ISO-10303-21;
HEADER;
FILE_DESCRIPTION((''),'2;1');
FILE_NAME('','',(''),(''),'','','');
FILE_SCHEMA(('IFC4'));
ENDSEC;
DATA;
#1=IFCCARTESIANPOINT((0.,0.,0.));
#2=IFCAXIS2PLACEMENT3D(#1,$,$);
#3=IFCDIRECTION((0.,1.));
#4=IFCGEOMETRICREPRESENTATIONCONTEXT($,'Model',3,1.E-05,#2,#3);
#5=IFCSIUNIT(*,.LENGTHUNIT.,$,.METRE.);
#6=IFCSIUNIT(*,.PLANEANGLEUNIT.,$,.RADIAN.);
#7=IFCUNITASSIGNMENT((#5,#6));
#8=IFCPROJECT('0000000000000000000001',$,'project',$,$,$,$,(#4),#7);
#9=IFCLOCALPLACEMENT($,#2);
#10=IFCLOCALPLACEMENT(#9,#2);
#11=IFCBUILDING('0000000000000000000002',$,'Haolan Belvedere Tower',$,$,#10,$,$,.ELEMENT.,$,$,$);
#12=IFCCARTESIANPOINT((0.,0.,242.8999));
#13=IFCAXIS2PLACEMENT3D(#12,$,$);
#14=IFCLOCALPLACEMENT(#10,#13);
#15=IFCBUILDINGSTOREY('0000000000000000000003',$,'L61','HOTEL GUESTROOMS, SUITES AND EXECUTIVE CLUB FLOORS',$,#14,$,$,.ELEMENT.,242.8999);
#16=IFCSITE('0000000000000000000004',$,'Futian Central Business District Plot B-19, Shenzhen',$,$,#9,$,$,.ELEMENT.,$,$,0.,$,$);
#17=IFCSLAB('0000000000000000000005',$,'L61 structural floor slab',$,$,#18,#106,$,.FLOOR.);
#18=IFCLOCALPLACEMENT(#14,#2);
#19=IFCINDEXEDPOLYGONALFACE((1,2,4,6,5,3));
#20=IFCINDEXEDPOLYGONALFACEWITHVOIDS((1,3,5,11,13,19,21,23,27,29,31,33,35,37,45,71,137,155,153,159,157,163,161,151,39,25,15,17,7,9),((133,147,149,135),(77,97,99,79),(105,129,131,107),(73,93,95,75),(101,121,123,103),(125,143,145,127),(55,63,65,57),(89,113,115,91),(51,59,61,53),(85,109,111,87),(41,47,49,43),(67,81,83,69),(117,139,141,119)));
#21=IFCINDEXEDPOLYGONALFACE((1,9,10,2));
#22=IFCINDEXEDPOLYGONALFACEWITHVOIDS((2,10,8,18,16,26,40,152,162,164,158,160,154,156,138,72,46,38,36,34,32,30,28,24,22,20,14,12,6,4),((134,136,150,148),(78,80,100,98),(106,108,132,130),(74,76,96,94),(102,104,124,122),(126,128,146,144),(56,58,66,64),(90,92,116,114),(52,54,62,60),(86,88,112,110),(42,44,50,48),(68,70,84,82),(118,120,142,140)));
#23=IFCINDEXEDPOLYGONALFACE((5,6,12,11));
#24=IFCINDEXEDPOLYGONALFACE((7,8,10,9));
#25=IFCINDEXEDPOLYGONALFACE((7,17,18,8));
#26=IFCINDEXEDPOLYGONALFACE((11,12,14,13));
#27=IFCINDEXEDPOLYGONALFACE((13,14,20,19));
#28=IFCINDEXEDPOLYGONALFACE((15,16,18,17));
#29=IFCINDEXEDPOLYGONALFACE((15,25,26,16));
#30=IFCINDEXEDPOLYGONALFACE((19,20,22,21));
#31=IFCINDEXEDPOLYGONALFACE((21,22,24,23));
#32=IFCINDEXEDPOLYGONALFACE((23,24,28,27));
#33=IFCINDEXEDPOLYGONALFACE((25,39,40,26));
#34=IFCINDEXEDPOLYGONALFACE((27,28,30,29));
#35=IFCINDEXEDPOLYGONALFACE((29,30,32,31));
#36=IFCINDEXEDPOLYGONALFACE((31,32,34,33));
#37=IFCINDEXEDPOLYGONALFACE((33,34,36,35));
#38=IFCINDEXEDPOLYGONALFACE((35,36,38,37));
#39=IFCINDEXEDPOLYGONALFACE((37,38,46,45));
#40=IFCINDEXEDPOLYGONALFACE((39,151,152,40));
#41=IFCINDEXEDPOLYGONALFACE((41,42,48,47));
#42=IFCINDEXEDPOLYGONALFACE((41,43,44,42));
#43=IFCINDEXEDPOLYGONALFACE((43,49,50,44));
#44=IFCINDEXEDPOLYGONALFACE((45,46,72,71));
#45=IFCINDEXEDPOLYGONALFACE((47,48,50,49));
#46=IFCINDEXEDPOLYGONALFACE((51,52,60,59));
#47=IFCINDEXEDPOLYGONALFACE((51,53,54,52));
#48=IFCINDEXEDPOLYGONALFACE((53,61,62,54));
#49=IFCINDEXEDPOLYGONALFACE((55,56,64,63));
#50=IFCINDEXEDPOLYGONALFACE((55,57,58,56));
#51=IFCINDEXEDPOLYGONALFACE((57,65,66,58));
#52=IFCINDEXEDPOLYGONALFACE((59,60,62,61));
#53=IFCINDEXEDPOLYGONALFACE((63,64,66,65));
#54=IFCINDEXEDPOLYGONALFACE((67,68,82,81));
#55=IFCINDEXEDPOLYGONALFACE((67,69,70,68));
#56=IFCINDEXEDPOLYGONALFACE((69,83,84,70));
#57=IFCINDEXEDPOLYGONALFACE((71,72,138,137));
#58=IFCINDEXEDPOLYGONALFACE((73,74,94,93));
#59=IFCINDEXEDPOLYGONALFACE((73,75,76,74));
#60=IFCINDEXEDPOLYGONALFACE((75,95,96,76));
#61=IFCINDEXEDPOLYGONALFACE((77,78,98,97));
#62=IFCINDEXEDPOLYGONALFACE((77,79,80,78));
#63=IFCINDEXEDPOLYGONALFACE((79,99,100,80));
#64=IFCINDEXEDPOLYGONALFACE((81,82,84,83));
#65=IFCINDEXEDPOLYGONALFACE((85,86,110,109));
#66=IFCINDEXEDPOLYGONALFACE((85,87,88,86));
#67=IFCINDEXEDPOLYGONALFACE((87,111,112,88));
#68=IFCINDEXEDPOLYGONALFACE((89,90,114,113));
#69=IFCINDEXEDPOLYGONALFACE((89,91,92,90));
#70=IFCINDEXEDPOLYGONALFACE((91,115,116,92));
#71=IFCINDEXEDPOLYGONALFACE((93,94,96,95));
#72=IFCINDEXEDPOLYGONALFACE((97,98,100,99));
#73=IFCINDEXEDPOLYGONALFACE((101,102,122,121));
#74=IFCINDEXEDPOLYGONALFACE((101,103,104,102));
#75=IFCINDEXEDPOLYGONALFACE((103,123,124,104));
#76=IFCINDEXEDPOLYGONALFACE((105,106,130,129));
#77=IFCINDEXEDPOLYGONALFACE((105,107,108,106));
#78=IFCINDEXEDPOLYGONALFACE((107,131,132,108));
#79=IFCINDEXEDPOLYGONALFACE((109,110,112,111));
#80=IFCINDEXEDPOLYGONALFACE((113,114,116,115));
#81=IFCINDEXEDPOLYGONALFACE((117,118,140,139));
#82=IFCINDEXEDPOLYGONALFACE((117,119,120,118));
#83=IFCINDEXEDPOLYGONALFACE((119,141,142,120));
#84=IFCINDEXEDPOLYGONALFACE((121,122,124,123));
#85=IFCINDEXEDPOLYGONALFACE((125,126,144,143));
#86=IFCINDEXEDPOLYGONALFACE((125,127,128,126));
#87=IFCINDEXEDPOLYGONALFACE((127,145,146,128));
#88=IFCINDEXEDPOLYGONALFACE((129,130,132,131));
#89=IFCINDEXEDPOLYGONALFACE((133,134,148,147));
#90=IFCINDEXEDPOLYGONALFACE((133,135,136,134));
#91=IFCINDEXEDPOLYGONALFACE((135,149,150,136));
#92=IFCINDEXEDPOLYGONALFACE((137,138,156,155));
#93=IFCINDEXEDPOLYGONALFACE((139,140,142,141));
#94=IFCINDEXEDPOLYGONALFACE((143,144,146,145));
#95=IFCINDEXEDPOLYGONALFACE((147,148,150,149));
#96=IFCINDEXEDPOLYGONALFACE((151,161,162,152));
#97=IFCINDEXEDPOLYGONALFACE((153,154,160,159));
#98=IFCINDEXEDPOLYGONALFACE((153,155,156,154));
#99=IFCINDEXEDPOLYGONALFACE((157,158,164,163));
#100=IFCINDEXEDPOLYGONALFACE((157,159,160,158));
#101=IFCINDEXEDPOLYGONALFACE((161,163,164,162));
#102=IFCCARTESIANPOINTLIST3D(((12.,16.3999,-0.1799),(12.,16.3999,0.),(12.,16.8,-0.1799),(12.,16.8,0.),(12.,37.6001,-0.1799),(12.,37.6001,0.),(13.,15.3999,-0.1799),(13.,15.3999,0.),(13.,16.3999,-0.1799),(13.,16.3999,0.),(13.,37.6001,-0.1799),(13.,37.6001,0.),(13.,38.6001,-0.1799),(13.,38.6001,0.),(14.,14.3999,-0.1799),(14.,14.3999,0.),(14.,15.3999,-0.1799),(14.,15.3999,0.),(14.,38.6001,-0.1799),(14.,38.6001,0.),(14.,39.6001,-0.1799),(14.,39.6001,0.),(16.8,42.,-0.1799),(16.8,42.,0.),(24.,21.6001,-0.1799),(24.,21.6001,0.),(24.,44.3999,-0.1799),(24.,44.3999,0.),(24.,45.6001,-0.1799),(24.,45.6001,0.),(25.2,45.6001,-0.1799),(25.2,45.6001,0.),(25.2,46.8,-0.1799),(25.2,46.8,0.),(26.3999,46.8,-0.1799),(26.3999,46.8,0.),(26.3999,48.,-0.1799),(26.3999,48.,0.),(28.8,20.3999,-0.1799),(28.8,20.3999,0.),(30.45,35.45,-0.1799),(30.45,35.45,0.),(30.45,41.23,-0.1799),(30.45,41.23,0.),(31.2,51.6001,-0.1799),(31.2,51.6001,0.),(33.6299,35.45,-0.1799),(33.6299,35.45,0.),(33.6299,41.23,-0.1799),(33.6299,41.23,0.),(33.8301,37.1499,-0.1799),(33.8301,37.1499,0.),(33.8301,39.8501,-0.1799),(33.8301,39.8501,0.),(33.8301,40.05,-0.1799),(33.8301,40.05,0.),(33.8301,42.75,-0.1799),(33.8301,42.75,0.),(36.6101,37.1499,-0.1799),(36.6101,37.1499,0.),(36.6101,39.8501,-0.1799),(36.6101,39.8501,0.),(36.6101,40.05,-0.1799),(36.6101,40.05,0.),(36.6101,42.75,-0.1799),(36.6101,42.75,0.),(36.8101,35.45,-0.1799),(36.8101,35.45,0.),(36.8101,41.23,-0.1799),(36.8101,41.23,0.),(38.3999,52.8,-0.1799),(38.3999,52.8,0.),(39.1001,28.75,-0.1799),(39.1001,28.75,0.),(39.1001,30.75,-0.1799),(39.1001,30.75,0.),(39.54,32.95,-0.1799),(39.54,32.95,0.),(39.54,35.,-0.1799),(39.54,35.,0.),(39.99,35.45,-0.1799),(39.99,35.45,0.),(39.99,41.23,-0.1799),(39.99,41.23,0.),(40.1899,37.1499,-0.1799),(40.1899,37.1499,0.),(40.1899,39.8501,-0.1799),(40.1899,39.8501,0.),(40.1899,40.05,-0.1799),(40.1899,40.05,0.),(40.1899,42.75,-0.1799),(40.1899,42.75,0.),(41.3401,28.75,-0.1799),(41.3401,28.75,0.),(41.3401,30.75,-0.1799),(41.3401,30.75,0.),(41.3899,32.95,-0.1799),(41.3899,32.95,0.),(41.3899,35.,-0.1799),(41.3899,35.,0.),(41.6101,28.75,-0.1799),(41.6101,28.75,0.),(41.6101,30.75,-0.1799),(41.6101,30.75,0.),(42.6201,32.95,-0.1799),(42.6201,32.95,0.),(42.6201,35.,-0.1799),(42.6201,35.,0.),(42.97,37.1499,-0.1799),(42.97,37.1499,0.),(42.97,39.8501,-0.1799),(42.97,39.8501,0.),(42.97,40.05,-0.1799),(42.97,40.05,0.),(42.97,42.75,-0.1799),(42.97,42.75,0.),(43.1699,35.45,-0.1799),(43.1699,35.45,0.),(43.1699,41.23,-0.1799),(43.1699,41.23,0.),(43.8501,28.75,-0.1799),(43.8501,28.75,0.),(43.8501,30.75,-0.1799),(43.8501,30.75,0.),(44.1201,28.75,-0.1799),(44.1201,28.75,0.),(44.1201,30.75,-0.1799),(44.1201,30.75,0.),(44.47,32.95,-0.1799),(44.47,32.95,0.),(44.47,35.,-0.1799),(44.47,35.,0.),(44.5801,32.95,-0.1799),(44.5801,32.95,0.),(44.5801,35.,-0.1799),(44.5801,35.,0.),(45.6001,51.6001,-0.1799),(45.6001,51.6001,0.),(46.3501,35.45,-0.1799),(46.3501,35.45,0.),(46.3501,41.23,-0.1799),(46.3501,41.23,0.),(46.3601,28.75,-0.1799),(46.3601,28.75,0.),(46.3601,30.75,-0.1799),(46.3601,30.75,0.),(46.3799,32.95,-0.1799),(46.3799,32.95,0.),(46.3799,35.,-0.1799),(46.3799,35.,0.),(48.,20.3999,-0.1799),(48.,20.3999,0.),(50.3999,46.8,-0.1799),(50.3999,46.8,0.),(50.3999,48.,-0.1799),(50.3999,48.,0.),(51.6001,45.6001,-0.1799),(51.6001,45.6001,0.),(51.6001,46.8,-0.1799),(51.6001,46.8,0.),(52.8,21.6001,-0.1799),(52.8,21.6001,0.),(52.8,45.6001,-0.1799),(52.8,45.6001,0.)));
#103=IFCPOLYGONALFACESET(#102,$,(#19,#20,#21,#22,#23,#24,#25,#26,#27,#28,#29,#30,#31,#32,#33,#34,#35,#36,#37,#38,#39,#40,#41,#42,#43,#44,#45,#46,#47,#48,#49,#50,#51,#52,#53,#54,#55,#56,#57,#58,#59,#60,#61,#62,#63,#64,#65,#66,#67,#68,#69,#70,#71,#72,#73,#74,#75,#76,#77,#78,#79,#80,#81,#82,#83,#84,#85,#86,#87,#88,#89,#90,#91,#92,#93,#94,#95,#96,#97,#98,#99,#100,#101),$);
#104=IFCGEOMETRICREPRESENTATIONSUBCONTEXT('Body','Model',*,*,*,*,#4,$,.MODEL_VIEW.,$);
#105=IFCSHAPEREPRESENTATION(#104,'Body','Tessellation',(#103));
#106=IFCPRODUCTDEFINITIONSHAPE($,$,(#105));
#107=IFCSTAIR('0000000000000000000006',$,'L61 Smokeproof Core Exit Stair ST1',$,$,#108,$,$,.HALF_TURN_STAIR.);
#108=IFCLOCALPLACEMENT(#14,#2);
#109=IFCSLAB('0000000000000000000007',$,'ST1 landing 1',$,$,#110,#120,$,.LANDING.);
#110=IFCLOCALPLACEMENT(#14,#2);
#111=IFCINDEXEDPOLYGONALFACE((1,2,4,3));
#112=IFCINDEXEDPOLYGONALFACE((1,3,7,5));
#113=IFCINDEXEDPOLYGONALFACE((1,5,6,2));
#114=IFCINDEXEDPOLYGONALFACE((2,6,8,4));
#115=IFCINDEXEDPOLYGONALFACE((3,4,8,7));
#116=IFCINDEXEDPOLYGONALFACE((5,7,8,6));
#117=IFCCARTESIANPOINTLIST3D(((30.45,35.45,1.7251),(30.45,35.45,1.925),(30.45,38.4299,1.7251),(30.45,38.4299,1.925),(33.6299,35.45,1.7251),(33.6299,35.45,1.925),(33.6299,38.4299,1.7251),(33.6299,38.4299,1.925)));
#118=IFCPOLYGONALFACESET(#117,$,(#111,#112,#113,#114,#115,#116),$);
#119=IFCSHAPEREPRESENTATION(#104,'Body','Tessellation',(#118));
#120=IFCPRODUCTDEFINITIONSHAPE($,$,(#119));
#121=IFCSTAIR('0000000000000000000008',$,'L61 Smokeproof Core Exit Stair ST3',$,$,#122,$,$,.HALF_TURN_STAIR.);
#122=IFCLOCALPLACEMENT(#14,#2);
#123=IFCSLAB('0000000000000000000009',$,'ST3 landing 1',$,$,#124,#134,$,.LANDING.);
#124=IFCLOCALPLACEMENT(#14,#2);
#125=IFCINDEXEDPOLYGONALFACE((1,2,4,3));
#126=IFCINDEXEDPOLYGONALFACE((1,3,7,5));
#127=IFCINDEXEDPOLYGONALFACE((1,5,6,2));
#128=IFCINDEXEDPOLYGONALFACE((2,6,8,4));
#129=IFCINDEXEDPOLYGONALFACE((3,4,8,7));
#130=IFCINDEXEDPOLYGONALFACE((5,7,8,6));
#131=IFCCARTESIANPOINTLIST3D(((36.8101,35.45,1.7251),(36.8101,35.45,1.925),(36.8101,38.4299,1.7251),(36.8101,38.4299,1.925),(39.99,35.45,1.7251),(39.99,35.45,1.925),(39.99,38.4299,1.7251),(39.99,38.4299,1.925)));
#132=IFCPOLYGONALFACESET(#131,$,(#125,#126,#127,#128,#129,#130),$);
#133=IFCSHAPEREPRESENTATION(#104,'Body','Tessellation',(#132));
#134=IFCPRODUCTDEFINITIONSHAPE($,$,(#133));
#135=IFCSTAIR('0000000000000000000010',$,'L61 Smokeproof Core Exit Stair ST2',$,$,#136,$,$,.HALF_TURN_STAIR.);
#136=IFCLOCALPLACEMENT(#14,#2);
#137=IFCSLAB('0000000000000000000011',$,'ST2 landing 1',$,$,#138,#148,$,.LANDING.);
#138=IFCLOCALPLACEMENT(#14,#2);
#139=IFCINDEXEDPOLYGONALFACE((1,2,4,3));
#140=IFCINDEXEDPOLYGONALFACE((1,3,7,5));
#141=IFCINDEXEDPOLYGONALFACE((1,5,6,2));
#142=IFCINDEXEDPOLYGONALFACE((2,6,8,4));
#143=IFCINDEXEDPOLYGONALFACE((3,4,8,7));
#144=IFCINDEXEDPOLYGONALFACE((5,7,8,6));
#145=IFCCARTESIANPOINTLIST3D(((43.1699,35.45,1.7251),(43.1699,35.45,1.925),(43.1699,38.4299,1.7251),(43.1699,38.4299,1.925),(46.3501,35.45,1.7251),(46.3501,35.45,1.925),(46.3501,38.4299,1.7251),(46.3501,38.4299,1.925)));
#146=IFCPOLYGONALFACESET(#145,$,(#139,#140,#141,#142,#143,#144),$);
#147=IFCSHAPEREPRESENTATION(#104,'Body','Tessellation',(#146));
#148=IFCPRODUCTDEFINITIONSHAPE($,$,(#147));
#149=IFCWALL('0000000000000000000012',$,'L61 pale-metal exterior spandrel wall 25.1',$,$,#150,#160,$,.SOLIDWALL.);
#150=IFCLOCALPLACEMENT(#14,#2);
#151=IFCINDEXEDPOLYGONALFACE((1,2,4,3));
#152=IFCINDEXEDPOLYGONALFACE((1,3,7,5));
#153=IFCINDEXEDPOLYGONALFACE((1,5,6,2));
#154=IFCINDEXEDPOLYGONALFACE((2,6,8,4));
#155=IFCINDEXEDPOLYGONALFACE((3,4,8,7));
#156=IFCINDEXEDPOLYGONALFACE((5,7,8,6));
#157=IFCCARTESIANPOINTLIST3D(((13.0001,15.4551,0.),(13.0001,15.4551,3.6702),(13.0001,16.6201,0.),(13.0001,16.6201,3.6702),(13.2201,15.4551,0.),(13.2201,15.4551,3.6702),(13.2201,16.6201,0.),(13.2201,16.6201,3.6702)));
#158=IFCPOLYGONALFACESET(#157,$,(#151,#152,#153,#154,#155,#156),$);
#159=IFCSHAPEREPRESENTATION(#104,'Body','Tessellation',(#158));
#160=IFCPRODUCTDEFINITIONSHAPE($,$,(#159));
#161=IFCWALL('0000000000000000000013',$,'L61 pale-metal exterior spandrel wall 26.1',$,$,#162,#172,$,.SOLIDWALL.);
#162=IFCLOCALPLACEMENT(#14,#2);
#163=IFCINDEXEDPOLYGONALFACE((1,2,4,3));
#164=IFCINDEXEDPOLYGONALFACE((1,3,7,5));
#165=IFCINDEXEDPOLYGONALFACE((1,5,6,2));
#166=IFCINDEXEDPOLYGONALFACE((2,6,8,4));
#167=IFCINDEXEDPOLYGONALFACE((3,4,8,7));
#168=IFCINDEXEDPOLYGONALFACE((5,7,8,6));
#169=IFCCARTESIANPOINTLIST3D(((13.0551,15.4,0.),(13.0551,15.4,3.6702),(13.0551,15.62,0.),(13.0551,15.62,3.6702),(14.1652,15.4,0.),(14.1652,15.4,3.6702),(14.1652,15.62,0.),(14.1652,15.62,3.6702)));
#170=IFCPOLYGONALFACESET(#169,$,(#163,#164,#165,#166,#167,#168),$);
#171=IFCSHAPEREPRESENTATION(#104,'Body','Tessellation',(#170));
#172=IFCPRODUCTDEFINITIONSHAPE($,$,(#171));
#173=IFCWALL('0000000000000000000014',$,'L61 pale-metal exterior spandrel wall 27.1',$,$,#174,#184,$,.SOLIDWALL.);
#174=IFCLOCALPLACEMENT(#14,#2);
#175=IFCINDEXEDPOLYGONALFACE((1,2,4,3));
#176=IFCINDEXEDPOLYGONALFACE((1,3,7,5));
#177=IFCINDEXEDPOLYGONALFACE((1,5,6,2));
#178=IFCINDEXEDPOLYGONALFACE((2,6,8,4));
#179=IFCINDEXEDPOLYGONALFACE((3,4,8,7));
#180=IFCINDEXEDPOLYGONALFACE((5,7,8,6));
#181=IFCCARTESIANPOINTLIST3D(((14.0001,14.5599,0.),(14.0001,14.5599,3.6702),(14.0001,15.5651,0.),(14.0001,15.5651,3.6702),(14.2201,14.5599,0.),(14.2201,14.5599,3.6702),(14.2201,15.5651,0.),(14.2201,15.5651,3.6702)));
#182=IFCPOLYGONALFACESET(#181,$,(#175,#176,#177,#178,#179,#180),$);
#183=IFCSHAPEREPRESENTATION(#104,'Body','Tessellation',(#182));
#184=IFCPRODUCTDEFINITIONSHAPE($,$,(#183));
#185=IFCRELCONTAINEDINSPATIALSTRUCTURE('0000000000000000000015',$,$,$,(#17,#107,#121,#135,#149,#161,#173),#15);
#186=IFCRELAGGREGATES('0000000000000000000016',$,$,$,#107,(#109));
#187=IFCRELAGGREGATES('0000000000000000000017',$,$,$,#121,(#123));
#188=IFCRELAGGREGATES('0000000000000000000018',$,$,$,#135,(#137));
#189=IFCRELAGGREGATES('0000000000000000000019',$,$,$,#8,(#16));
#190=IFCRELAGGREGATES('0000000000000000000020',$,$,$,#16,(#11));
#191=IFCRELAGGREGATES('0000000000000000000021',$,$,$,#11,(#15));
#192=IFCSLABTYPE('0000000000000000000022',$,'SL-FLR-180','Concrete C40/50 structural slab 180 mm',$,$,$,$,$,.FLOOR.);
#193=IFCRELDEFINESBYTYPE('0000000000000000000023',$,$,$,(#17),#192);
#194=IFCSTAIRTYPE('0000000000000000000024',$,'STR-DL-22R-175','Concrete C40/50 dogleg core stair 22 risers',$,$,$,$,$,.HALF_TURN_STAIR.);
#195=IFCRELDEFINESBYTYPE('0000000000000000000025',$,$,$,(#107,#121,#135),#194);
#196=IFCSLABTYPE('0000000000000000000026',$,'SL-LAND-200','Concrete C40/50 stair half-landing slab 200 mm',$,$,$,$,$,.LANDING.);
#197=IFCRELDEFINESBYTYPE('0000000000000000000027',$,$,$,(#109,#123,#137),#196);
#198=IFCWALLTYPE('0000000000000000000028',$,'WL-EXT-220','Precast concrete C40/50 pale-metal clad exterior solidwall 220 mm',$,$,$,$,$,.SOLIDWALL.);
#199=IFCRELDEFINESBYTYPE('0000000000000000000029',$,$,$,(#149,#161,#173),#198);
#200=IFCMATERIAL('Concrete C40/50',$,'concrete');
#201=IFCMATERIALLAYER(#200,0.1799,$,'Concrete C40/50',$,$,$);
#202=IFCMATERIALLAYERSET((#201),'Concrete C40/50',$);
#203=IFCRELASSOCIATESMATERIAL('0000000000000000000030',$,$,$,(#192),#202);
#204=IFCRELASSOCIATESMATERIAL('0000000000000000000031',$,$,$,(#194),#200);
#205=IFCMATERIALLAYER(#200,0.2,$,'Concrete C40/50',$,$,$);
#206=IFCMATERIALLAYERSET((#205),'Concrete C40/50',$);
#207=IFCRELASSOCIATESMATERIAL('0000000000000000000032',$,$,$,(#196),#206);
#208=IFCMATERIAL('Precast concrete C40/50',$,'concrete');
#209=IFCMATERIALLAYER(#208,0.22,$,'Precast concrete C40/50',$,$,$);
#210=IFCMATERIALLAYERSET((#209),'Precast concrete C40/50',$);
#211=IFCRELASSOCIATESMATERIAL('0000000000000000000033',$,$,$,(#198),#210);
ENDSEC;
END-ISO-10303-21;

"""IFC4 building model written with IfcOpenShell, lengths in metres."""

from ifc_helpers import new_model, si_unit, direction, frame, frame_2d, origin, place, context, subcontext, project, spatial, polyline, rectangle, outline, extrude, material, layer, layer_set, type_object, element, aggregate, save


model = new_model("IFC4")

# Units and contexts
model_context = context("Model", 3, precision=1e-05, world=origin(), true_north=direction((0.0, 1.0)))
body_context = subcontext(model_context, "Body", "Model", "MODEL_VIEW")
ifc_project = project(units=[si_unit("LENGTHUNIT", "METRE"), si_unit("PLANEANGLEUNIT", "RADIAN")], contexts=[model_context])

# Site, building, storey
site_placement = place(None, origin())
site = spatial("IfcSite", under=ifc_project, at=site_placement, Name="Futian Central Business District Plot B-19, Shenzhen", CompositionType="ELEMENT", RefElevation=0.0)
building_placement = place(site_placement, origin())
building = spatial("IfcBuilding", under=site, at=building_placement, Name="Haolan Belvedere Tower", CompositionType="ELEMENT")
storey_placement = place(building_placement, frame((0.0, 0.0, 242.8999)))
storey = spatial("IfcBuildingStorey", under=building, at=storey_placement, Name="L61", Description="HOTEL GUESTROOMS, SUITES AND EXECUTIVE CLUB FLOORS", CompositionType="ELEMENT", Elevation=242.8999)

# Slab
ifc_material_1 = material(Name="Concrete C40/50", Category="concrete")
ifc_layer_1 = layer(ifc_material_1, 0.1799, Name="Concrete C40/50")
ifc_layer_set_1 = layer_set([ifc_layer_1], Name="Concrete C40/50")
slab_type_1 = type_object("IfcSlabType", Name="SL-FLR-180", Description="Concrete C40/50 structural slab 180 mm", PredefinedType="FLOOR", material=ifc_layer_set_1)
slab_1_placement = place(storey_placement, frame((0.0, 0.0, -0.1799)))
element("IfcSlab", 1, at=slab_1_placement, inside=storey, type_object=slab_type_1, Name="L61 structural floor slab", PredefinedType="FLOOR", context=body_context, shape_type="SweptSolid", body=[
    extrude(outline(polyline([(24.0, 21.6001), (28.8, 20.3999), (48.0, 20.3999), (52.8, 21.6001), (52.8, 45.6001), (51.6001, 45.6001), (51.6001, 46.8), (50.3999, 46.8), (50.3999, 48.0), (45.6001, 51.6001), (38.3999, 52.8), (31.2, 51.6001), (26.3999, 48.0), (26.3999, 46.8), (25.2, 46.8), (25.2, 45.6001), (24.0, 45.6001), (24.0, 44.3999), (16.8, 42.0), (14.0, 39.6001), (14.0, 38.6001), (13.0, 38.6001), (13.0, 37.6001), (12.0, 37.6001), (12.0, 16.8), (12.0, 16.3999), (13.0, 16.3999), (13.0, 15.3999), (14.0, 15.3999), (14.0, 14.3999), (24.0, 21.6001)]), holes=[polyline([(30.45, 41.23), (30.45, 35.45), (33.6299, 35.45), (33.6299, 41.23), (30.45, 41.23)]), polyline([(36.8101, 41.23), (36.8101, 35.45), (39.99, 35.45), (39.99, 41.23), (36.8101, 41.23)]), polyline([(43.1699, 41.23), (43.1699, 35.45), (46.3501, 35.45), (46.3501, 41.23), (43.1699, 41.23)]), polyline([(33.8301, 40.05), (36.6101, 40.05), (36.6101, 42.75), (33.8301, 42.75), (33.8301, 40.05)]), polyline([(33.8301, 37.1499), (36.6101, 37.1499), (36.6101, 39.8501), (33.8301, 39.8501), (33.8301, 37.1499)]), polyline([(40.1899, 40.05), (42.97, 40.05), (42.97, 42.75), (40.1899, 42.75), (40.1899, 40.05)]), polyline([(40.1899, 37.1499), (42.97, 37.1499), (42.97, 39.8501), (40.1899, 39.8501), (40.1899, 37.1499)]), polyline([(39.54, 32.95), (41.3899, 32.95), (41.3899, 35.0), (39.54, 35.0), (39.54, 32.95)]), polyline([(42.6201, 32.95), (44.47, 32.95), (44.47, 35.0), (42.6201, 35.0), (42.6201, 32.95)]), polyline([(44.5801, 32.95), (46.3799, 32.95), (46.3799, 35.0), (44.5801, 35.0), (44.5801, 32.95)]), polyline([(39.1001, 28.75), (41.3401, 28.75), (41.3401, 30.75), (39.1001, 30.75), (39.1001, 28.75)]), polyline([(41.6101, 28.75), (43.8501, 28.75), (43.8501, 30.75), (41.6101, 30.75), (41.6101, 28.75)]), polyline([(44.1201, 28.75), (46.3601, 28.75), (46.3601, 30.75), (44.1201, 30.75), (44.1201, 28.75)])]), origin(), (0.0, 0.0, 1.0), 0.1799),
])

# Stairs, slabs
stair_type = type_object("IfcStairType", Name="STR-DL-22R-175", Description="Concrete C40/50 dogleg core stair 22 risers", PredefinedType="HALF_TURN_STAIR", material=ifc_material_1)
stair_1_placement = place(storey_placement, origin())
stair_1 = element("IfcStair", 2, at=stair_1_placement, inside=storey, type_object=stair_type, Name="L61 Smokeproof Core Exit Stair ST1", PredefinedType="HALF_TURN_STAIR")
ifc_layer_2 = layer(ifc_material_1, 0.2, Name="Concrete C40/50")
ifc_layer_set_2 = layer_set([ifc_layer_2], Name="Concrete C40/50")
slab_type_2 = type_object("IfcSlabType", Name="SL-LAND-200", Description="Concrete C40/50 stair half-landing slab 200 mm", PredefinedType="LANDING", material=ifc_layer_set_2)
slab_2_placement = place(storey_placement, frame((0.0, 0.0, 1.7251)))
slab_2 = element("IfcSlab", 3, at=slab_2_placement, type_object=slab_type_2, Name="ST1 landing 1", PredefinedType="LANDING", context=body_context, shape_type="SweptSolid", body=[
    extrude(outline(polyline([(30.45, 38.4299), (30.45, 35.45), (33.6299, 35.45), (33.6299, 38.4299), (30.45, 38.4299)])), origin(), (0.0, 0.0, 1.0), 0.2),
])
aggregate(stair_1, [slab_2])
stair_2_placement = place(storey_placement, origin())
stair_2 = element("IfcStair", 4, at=stair_2_placement, inside=storey, type_object=stair_type, Name="L61 Smokeproof Core Exit Stair ST3", PredefinedType="HALF_TURN_STAIR")
slab_3_placement = place(storey_placement, frame((0.0, 0.0, 1.7251)))
slab_3 = element("IfcSlab", 5, at=slab_3_placement, type_object=slab_type_2, Name="ST3 landing 1", PredefinedType="LANDING", context=body_context, shape_type="SweptSolid", body=[
    extrude(outline(polyline([(36.8101, 38.4299), (36.8101, 35.45), (39.99, 35.45), (39.99, 38.4299), (36.8101, 38.4299)])), origin(), (0.0, 0.0, 1.0), 0.2),
])
aggregate(stair_2, [slab_3])
stair_3_placement = place(storey_placement, origin())
stair_3 = element("IfcStair", 6, at=stair_3_placement, inside=storey, type_object=stair_type, Name="L61 Smokeproof Core Exit Stair ST2", PredefinedType="HALF_TURN_STAIR")
slab_4_placement = place(storey_placement, frame((0.0, 0.0, 1.7251)))
slab_4 = element("IfcSlab", 7, at=slab_4_placement, type_object=slab_type_2, Name="ST2 landing 1", PredefinedType="LANDING", context=body_context, shape_type="SweptSolid", body=[
    extrude(outline(polyline([(43.1699, 38.4299), (43.1699, 35.45), (46.3501, 35.45), (46.3501, 38.4299), (43.1699, 38.4299)])), origin(), (0.0, 0.0, 1.0), 0.2),
])
aggregate(stair_3, [slab_4])

# Walls
ifc_material_2 = material(Name="Precast concrete C40/50", Category="concrete")
ifc_layer_3 = layer(ifc_material_2, 0.22, Name="Precast concrete C40/50")
ifc_layer_set_3 = layer_set([ifc_layer_3], Name="Precast concrete C40/50")
wall_type_1 = type_object("IfcWallType", Name="WL-EXT-220", Description="Precast concrete C40/50 pale-metal clad exterior solidwall 220 mm", PredefinedType="SOLIDWALL", material=ifc_layer_set_3)
wall_1_placement = place(storey_placement, frame((13.1101, 16.6201, 0.0), z_axis=(0.0, 0.0, 1.0), x_axis=(0.0, -1.0, 0.0)))
element("IfcWall", 8, at=wall_1_placement, inside=storey, type_object=wall_type_1, Name="L61 pale-metal exterior spandrel wall 25.1", PredefinedType="SOLIDWALL", context=body_context, shape_type="SweptSolid", body=[
    extrude(rectangle(XDim=1.165, YDim=0.22, at=frame_2d((0.5825, 0.0))), origin(), (0.0, 0.0, 1.0), 3.6702),
])
wall_2_placement = place(storey_placement, frame((13.0549, 15.51, 0.0), z_axis=(0.0, 0.0, 1.0), x_axis=(1.0, 0.0, 0.0)))
element("IfcWall", 9, at=wall_2_placement, inside=storey, type_object=wall_type_1, Name="L61 pale-metal exterior spandrel wall 26.1", PredefinedType="SOLIDWALL", context=body_context, shape_type="SweptSolid", body=[
    extrude(rectangle(XDim=1.1101, YDim=0.22, at=frame_2d((0.5552, 0.0))), origin(), (0.0, 0.0, 1.0), 3.6702),
])
wall_3_placement = place(storey_placement, frame((14.1101, 15.5649, 0.0), z_axis=(0.0, 0.0, 1.0), x_axis=(0.0, -1.0, 0.0)))
element("IfcWall", 10, at=wall_3_placement, inside=storey, type_object=wall_type_1, Name="L61 pale-metal exterior spandrel wall 27.1", PredefinedType="SOLIDWALL", context=body_context, shape_type="SweptSolid", body=[
    extrude(rectangle(XDim=1.0051, YDim=0.22, at=frame_2d((0.5024, 0.0))), origin(), (0.0, 0.0, 1.0), 3.6702),
])

save(model, "model.ifc")
